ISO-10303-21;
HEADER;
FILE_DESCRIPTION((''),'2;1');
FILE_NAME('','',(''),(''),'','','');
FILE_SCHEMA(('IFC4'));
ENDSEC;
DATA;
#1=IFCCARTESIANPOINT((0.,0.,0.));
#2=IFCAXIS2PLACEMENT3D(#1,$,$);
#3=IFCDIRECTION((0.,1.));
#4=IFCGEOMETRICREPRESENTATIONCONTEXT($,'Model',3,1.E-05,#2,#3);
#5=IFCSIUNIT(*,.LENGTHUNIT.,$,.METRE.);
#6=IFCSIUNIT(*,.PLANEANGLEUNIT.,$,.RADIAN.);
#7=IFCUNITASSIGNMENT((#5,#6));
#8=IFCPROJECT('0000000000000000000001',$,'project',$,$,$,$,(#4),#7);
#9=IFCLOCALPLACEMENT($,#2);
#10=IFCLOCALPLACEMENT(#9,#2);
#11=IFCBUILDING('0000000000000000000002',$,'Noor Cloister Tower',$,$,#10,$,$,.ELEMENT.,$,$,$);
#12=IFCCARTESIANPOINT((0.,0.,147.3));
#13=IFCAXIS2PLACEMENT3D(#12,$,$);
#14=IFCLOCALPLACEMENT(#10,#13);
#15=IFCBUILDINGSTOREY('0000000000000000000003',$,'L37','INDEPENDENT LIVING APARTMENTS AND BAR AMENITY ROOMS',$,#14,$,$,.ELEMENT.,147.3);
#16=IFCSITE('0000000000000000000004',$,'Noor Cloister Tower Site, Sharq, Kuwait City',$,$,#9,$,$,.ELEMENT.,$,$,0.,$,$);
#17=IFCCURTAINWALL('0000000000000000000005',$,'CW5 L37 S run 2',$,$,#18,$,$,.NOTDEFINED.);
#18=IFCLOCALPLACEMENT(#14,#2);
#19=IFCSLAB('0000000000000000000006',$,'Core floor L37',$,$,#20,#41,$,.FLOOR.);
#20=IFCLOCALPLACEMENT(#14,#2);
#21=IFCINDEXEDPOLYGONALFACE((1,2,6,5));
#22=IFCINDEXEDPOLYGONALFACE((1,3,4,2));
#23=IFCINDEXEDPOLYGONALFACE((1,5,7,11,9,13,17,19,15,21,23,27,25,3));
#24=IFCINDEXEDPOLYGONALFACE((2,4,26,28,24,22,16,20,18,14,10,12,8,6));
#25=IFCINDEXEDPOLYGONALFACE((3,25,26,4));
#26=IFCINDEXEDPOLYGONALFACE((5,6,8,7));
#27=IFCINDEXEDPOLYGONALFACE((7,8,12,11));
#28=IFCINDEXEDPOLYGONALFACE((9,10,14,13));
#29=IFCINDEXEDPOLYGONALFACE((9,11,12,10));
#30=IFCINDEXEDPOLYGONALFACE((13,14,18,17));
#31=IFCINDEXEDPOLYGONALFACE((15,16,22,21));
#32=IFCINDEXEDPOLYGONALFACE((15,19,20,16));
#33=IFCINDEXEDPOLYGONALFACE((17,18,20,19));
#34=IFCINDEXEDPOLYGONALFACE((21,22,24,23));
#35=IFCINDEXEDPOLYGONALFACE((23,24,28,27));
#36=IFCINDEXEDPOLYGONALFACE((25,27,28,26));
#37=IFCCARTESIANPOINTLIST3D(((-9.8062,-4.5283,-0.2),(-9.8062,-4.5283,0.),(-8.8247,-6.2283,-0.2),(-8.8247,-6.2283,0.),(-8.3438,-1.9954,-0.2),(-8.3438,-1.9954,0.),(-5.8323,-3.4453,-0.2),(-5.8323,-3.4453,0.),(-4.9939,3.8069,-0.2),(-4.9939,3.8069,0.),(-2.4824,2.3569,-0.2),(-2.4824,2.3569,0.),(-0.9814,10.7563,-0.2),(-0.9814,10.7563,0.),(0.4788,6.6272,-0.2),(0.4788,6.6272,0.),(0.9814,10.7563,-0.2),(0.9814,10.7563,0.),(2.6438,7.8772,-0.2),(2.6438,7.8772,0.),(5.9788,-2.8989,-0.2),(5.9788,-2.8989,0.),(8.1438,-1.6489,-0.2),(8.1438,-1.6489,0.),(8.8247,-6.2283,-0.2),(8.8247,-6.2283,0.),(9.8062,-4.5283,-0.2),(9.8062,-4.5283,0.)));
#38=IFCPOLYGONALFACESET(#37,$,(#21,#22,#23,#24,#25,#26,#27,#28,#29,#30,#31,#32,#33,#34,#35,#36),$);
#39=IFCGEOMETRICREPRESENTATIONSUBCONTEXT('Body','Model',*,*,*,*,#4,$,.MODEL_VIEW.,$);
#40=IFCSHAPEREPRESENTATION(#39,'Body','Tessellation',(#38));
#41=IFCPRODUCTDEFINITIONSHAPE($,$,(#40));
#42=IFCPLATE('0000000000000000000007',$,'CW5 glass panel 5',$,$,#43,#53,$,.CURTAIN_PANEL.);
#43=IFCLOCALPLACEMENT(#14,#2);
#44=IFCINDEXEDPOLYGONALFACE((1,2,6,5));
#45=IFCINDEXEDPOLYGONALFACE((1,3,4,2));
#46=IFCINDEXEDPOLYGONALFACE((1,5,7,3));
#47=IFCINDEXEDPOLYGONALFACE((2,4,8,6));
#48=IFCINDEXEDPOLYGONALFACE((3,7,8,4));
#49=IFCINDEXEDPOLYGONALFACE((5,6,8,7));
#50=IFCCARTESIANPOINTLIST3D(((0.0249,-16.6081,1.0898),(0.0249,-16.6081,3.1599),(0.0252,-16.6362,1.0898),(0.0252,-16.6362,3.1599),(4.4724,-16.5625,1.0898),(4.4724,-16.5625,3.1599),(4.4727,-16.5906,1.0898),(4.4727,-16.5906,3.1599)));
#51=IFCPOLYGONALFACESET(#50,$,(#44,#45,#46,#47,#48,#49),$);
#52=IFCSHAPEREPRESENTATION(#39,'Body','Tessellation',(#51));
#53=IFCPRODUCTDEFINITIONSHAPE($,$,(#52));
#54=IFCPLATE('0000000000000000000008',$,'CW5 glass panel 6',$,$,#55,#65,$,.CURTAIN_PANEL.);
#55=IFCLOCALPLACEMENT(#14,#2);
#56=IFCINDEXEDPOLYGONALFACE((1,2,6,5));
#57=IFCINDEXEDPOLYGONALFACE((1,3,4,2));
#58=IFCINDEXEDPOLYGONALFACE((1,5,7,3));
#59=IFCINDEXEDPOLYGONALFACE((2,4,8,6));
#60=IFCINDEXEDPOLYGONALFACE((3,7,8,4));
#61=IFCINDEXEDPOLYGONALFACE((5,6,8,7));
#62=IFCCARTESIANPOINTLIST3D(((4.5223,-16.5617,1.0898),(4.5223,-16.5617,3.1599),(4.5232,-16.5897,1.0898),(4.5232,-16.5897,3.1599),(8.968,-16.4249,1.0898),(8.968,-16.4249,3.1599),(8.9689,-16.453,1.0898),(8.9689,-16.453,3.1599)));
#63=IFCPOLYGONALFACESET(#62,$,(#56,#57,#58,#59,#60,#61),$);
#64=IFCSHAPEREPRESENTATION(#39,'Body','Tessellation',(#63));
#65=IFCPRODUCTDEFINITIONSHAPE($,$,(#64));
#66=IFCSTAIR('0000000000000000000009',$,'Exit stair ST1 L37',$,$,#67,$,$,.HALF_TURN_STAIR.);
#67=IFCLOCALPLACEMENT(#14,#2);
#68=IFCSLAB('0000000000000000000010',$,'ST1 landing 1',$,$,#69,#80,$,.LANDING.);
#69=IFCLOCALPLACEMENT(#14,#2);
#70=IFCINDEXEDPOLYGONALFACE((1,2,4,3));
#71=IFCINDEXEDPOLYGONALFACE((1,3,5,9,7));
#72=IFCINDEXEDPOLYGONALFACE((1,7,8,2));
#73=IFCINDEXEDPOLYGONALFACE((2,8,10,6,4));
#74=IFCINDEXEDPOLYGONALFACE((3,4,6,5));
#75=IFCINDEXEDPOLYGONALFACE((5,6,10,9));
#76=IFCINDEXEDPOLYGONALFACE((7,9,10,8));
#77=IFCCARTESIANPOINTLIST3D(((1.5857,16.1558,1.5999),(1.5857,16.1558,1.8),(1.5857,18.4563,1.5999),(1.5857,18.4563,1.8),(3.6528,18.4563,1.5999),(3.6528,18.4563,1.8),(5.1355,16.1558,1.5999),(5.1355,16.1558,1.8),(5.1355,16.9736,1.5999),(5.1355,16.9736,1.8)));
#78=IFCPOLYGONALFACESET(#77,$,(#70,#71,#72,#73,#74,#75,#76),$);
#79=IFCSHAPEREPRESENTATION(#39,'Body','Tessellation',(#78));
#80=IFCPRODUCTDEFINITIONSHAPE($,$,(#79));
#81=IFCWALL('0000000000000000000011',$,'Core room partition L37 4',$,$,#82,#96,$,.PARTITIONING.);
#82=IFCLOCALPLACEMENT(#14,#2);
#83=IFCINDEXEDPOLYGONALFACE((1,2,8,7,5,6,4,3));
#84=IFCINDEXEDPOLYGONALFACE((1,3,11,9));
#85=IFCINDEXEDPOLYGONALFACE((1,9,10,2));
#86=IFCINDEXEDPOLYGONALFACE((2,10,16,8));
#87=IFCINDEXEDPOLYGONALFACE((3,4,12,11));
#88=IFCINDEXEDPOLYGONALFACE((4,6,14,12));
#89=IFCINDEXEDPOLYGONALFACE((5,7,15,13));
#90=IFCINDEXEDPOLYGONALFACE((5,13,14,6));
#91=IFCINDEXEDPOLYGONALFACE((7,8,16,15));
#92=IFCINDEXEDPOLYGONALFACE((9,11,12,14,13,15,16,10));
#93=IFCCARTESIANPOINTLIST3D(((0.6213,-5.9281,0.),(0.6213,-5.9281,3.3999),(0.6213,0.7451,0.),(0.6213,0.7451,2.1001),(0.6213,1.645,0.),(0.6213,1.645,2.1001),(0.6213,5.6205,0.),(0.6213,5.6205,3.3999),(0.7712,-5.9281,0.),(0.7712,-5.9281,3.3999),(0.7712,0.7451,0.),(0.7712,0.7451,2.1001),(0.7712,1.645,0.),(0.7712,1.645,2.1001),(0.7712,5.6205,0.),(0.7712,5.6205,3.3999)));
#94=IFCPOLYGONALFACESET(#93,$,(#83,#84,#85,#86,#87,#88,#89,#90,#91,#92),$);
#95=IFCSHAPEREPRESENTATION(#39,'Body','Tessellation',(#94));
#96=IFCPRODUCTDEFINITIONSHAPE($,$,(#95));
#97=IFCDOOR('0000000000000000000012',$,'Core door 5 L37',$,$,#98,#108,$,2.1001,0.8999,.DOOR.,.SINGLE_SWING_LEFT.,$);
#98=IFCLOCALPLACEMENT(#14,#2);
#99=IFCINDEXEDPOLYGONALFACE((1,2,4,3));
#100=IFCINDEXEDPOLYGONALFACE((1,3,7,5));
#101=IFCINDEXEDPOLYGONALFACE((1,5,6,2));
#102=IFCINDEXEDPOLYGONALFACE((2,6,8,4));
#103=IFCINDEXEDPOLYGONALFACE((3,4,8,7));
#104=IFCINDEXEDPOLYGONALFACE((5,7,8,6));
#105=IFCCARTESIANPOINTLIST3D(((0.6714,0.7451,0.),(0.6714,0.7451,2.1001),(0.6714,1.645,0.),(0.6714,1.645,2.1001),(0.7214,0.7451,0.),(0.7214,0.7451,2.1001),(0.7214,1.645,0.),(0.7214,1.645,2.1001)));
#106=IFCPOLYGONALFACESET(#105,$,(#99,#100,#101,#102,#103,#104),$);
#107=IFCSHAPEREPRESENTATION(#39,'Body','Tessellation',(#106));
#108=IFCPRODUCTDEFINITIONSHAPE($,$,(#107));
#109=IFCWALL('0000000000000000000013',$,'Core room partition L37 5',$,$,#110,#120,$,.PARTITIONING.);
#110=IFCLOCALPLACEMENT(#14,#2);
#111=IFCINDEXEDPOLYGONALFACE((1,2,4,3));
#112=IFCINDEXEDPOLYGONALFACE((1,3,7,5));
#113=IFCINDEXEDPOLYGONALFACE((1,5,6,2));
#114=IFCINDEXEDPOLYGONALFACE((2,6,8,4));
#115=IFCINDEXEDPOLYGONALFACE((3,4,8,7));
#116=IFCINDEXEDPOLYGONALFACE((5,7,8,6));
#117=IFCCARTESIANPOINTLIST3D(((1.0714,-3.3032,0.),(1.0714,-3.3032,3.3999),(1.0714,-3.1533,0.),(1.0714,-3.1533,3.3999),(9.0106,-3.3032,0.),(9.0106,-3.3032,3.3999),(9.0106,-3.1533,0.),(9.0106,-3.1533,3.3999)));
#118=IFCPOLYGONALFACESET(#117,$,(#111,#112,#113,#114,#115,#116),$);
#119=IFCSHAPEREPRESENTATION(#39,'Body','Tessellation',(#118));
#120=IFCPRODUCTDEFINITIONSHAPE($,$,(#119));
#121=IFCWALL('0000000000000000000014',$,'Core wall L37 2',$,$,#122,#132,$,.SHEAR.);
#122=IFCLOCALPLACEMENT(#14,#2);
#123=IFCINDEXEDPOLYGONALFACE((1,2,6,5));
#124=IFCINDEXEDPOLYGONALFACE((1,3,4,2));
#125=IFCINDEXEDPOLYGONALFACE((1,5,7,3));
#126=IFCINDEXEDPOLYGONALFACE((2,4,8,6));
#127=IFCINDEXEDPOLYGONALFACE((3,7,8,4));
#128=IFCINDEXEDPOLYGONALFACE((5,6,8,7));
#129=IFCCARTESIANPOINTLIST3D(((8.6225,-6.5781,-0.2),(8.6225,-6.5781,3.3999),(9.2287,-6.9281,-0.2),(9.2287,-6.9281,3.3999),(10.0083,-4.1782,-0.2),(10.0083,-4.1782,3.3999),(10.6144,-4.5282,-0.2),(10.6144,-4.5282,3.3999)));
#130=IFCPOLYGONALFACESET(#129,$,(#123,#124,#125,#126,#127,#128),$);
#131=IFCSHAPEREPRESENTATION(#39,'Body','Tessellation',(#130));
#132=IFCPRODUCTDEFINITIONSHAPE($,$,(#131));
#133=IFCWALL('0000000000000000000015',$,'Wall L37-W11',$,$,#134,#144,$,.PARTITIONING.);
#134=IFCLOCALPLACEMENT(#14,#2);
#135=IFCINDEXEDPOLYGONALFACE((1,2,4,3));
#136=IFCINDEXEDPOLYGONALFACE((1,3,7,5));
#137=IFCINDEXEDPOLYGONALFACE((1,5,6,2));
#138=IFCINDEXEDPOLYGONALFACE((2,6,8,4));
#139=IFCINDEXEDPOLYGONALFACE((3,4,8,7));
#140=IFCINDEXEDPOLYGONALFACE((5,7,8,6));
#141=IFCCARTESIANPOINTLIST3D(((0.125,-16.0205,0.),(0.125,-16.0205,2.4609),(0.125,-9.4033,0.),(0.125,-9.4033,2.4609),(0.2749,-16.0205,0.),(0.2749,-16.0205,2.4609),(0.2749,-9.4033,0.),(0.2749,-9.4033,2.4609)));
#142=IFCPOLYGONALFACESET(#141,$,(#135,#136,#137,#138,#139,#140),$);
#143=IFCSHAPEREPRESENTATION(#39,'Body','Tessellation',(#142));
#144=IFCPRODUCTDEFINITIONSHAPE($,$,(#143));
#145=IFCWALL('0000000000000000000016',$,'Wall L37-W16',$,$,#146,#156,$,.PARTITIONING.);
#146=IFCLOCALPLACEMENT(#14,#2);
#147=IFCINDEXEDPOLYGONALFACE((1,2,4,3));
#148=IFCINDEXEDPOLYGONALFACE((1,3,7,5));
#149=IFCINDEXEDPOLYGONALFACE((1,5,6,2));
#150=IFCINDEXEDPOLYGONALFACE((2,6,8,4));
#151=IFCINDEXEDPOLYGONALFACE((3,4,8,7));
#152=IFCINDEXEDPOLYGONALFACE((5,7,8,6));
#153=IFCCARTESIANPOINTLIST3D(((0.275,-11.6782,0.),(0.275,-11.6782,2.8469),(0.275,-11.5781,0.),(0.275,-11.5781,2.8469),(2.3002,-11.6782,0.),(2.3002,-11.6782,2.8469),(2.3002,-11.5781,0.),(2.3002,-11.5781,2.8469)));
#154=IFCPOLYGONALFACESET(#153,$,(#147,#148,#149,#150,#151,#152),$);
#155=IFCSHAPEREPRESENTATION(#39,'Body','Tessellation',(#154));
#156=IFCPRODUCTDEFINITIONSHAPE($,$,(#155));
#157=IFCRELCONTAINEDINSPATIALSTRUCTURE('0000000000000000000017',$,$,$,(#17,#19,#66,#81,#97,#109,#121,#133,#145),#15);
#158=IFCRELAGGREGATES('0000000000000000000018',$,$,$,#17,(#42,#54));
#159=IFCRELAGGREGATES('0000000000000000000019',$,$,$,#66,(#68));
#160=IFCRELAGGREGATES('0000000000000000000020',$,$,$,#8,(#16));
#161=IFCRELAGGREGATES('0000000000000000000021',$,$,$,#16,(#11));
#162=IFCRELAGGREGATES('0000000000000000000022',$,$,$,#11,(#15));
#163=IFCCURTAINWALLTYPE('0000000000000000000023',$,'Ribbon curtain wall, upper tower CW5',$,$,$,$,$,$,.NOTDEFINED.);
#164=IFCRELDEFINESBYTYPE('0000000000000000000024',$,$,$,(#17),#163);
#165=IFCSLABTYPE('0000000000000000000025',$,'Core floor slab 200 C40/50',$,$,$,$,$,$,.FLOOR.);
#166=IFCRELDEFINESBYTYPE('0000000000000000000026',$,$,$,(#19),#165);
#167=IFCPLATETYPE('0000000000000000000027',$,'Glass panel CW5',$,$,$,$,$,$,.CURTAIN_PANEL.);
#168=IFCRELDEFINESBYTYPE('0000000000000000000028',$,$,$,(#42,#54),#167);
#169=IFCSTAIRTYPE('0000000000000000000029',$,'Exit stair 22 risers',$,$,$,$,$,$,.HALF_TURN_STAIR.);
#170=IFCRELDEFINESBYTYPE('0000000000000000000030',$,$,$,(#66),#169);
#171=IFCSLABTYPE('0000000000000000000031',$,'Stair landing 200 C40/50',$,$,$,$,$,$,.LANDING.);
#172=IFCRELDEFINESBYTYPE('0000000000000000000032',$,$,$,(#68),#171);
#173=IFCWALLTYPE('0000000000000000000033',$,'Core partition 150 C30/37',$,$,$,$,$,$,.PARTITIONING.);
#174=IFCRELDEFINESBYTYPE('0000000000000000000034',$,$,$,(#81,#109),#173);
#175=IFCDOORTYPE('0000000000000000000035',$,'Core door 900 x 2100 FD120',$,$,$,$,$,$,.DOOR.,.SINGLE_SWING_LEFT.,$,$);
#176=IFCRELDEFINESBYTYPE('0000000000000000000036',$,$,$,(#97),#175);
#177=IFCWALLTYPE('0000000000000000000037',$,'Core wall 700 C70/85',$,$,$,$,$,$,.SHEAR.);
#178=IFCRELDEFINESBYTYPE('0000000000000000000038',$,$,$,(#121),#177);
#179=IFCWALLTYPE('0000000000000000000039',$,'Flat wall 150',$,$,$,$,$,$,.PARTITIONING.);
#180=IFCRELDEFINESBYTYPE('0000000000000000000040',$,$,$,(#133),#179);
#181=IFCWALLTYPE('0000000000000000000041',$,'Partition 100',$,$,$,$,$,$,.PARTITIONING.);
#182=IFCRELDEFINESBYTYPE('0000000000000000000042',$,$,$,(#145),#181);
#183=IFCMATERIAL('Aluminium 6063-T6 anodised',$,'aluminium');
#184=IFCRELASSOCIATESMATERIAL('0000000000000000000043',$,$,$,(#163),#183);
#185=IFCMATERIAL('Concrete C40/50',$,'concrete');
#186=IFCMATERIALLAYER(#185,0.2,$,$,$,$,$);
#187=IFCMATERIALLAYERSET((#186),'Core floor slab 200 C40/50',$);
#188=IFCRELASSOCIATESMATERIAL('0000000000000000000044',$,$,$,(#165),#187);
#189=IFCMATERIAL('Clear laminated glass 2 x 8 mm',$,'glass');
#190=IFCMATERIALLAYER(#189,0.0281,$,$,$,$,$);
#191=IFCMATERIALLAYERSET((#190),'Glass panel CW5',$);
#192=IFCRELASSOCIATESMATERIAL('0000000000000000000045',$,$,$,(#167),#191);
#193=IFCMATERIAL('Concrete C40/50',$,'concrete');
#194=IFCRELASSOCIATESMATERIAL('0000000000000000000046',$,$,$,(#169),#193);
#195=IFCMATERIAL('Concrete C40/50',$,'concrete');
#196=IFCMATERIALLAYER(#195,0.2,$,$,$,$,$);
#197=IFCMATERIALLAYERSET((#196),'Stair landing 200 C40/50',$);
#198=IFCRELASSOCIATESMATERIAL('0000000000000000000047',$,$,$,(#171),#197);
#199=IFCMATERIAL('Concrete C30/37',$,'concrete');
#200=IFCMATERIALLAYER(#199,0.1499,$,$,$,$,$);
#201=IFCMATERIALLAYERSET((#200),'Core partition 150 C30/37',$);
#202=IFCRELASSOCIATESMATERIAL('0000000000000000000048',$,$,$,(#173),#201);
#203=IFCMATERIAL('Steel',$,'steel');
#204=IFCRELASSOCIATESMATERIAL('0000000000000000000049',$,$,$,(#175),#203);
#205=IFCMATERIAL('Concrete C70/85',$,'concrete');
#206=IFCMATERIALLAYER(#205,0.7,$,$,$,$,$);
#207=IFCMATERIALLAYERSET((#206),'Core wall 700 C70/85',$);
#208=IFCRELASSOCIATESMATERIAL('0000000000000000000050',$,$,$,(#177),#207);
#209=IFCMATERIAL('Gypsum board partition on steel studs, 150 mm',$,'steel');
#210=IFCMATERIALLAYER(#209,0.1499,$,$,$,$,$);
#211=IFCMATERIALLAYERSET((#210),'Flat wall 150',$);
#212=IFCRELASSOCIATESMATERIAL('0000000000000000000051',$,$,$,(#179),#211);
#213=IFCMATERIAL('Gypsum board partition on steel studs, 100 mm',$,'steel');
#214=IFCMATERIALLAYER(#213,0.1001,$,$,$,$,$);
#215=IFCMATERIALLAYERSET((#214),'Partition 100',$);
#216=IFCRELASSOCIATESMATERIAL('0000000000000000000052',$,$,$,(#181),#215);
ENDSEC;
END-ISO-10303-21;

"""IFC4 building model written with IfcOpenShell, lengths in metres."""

from ifc_helpers import new_model, si_unit, direction, frame, frame_2d, origin, origin_2d, place, context, subcontext, project, spatial, polyline, rectangle, outline, extrude, material, layer, layer_set, type_object, element, fill, aggregate, save


model = new_model("IFC4")

# Units and contexts
model_context = context("Model", 3, precision=1e-05, world=origin(), true_north=direction((0.0, 1.0)))
body_context = subcontext(model_context, "Body", "Model", "MODEL_VIEW")
ifc_project = project(units=[si_unit("LENGTHUNIT", "METRE"), si_unit("PLANEANGLEUNIT", "RADIAN")], contexts=[model_context])

# Site, building, storey
site_placement = place(None, origin())
site = spatial("IfcSite", under=ifc_project, at=site_placement, Name="Noor Cloister Tower Site, Sharq, Kuwait City", CompositionType="ELEMENT", RefElevation=0.0)
building_placement = place(site_placement, origin())
building = spatial("IfcBuilding", under=site, at=building_placement, Name="Noor Cloister Tower", CompositionType="ELEMENT")
storey_placement = place(building_placement, frame((0.0, 0.0, 147.3)))
storey = spatial("IfcBuildingStorey", under=building, at=storey_placement, Name="L37", Description="INDEPENDENT LIVING APARTMENTS AND BAR AMENITY ROOMS", CompositionType="ELEMENT", Elevation=147.3)

# Curtain wall
ifc_material_1 = material(Name="Aluminium 6063-T6 anodised", Category="aluminium")
curtain_wall_type = type_object("IfcCurtainWallType", Name="Ribbon curtain wall, upper tower CW5", PredefinedType="NOTDEFINED", material=ifc_material_1)
curtain_wall_placement = place(storey_placement, origin())
curtain_wall = element("IfcCurtainWall", 1, at=curtain_wall_placement, inside=storey, type_object=curtain_wall_type, Name="CW5 L37 S run 2", PredefinedType="NOTDEFINED")

# Slab
ifc_material_2 = material(Name="Concrete C40/50", Category="concrete")
ifc_layer_1 = layer(ifc_material_2, 0.2)
ifc_layer_set_1 = layer_set([ifc_layer_1], Name="Core floor slab 200 C40/50")
slab_type_1 = type_object("IfcSlabType", Name="Core floor slab 200 C40/50", PredefinedType="FLOOR", material=ifc_layer_set_1)
slab_1_placement = place(storey_placement, frame((0.0, 0.0, -0.2)))
element("IfcSlab", 2, at=slab_1_placement, inside=storey, type_object=slab_type_1, Name="Core floor L37", PredefinedType="FLOOR", context=body_context, shape_type="SweptSolid", body=[
    extrude(outline(polyline([(2.6438, 7.8772), (0.9814, 10.7563), (-0.9814, 10.7563), (-4.9939, 3.8069), (-2.4824, 2.3569), (-5.8323, -3.4453), (-8.3438, -1.9954), (-9.8062, -4.5283), (-8.8247, -6.2283), (8.8247, -6.2283), (9.8062, -4.5283), (8.1438, -1.6489), (5.9788, -2.8989), (0.4788, 6.6272), (2.6438, 7.8772)])), origin(), (0.0, 0.0, 1.0), 0.2),
])

# Plates
ifc_material_3 = material(Name="Clear laminated glass 2 x 8 mm", Category="glass")
ifc_layer_2 = layer(ifc_material_3, 0.0281)
ifc_layer_set_2 = layer_set([ifc_layer_2], Name="Glass panel CW5")
plate_type = type_object("IfcPlateType", Name="Glass panel CW5", PredefinedType="CURTAIN_PANEL", material=ifc_layer_set_2)
plate_1_placement = place(storey_placement, frame((2.2488, -16.5994, 1.0898), z_axis=(0.0, 0.0, 1.0), x_axis=(0.999947, 0.010252, 0.0)))
plate_1 = element("IfcPlate", 3, at=plate_1_placement, type_object=plate_type, Name="CW5 glass panel 5", PredefinedType="CURTAIN_PANEL", context=body_context, shape_type="SweptSolid", body=[
    extrude(rectangle(XDim=4.4478, YDim=0.0281, at=origin_2d()), origin(), (0.0, 0.0, 1.0), 2.0701),
])
plate_2_placement = place(storey_placement, frame((6.7456, -16.5073, 1.0898), z_axis=(0.0, 0.0, 1.0), x_axis=(0.999527, 0.03075, 0.0)))
plate_2 = element("IfcPlate", 4, at=plate_2_placement, type_object=plate_type, Name="CW5 glass panel 6", PredefinedType="CURTAIN_PANEL", context=body_context, shape_type="SweptSolid", body=[
    extrude(rectangle(XDim=4.4478, YDim=0.0281, at=origin_2d()), origin(), (0.0, 0.0, 1.0), 2.0701),
])
aggregate(curtain_wall, [plate_1, plate_2])

# Stair, slab
ifc_material_4 = material(Name="Concrete C40/50", Category="concrete")
stair_type = type_object("IfcStairType", Name="Exit stair 22 risers", PredefinedType="HALF_TURN_STAIR", material=ifc_material_4)
stair_placement = place(storey_placement, origin())
stair = element("IfcStair", 5, at=stair_placement, inside=storey, type_object=stair_type, Name="Exit stair ST1 L37", PredefinedType="HALF_TURN_STAIR")
ifc_material_5 = material(Name="Concrete C40/50", Category="concrete")
ifc_layer_3 = layer(ifc_material_5, 0.2)
ifc_layer_set_3 = layer_set([ifc_layer_3], Name="Stair landing 200 C40/50")
slab_type_2 = type_object("IfcSlabType", Name="Stair landing 200 C40/50", PredefinedType="LANDING", material=ifc_layer_set_3)
slab_2_placement = place(storey_placement, frame((0.0, 0.0, 1.5999)))
slab_2 = element("IfcSlab", 6, at=slab_2_placement, type_object=slab_type_2, Name="ST1 landing 1", PredefinedType="LANDING", context=body_context, shape_type="SweptSolid", body=[
    extrude(outline(polyline([(5.1355, 16.1558), (5.1355, 16.9736), (3.6528, 18.4563), (1.5857, 18.4563), (1.5857, 16.1558), (5.1355, 16.1558)])), origin(), (0.0, 0.0, 1.0), 0.2002),
])
aggregate(stair, [slab_2])

# Wall, opening, door
ifc_material_6 = material(Name="Concrete C30/37", Category="concrete")
ifc_layer_4 = layer(ifc_material_6, 0.1499)
ifc_layer_set_4 = layer_set([ifc_layer_4], Name="Core partition 150 C30/37")
wall_type_1 = type_object("IfcWallType", Name="Core partition 150 C30/37", PredefinedType="PARTITIONING", material=ifc_layer_set_4)
wall_1_placement = place(storey_placement, frame((0.6963, -5.9282, 0.0), z_axis=(0.0, 0.0, 1.0), x_axis=(0.0, 1.0, 0.0)))
wall_1 = element("IfcWall", 7, at=wall_1_placement, inside=storey, type_object=wall_type_1, Name="Core room partition L37 4", PredefinedType="PARTITIONING", context=body_context, shape_type="SweptSolid", body=[
    extrude(rectangle(XDim=11.5486, YDim=0.1499, at=frame_2d((5.7744, 0.0))), origin(), (0.0, 0.0, 1.0), 3.3999),
])
opening_1_placement = place(wall_1_placement, frame((6.6733, 0.0, 0.0)))
opening_1 = element("IfcOpeningElement", 8, at=opening_1_placement, cuts=wall_1, PredefinedType="OPENING", context=body_context, shape_type="SweptSolid", body=[
    extrude(rectangle(XDim=0.8999, YDim=2.1001, at=frame_2d((0.45, 1.05))), frame((0.0, 0.085, 0.0), z_axis=(0.0, -1.0, 0.0), x_axis=(1.0, 0.0, 0.0)), (0.0, 0.0, 1.0), 0.1699),
])
ifc_material_7 = material(Name="Steel", Category="steel")
door_type_1 = type_object("IfcDoorType", Name="Core door 900 x 2100 FD120", OperationType="SINGLE_SWING_LEFT", PredefinedType="DOOR", material=ifc_material_7)
door_1_placement = place(opening_1_placement, origin())
door_1 = element("IfcDoor", 9, at=door_1_placement, inside=storey, type_object=door_type_1, Name="Core door 5 L37", OperationType="SINGLE_SWING_LEFT", OverallHeight=2.1001, OverallWidth=0.8999, PredefinedType="DOOR", context=body_context, shape_type="SweptSolid", body=[
    extrude(rectangle(XDim=0.8999, YDim=2.1001, at=frame_2d((0.45, 1.05))), frame((0.0, 0.0249, 0.0), z_axis=(0.0, -1.0, 0.0), x_axis=(1.0, 0.0, 0.0)), (0.0, 0.0, 1.0), 0.05),
])
fill(opening_1, door_1)

# Walls
wall_2_placement = place(storey_placement, frame((1.0713, -3.2283, 0.0), z_axis=(0.0, 0.0, 1.0), x_axis=(1.0, 0.0, 0.0)))
element("IfcWall", 10, at=wall_2_placement, inside=storey, type_object=wall_type_1, Name="Core room partition L37 5", PredefinedType="PARTITIONING", context=body_context, shape_type="SweptSolid", body=[
    extrude(rectangle(XDim=7.9392, YDim=0.1499, at=frame_2d((3.9697, 0.0))), origin(), (0.0, 0.0, 1.0), 3.3999),
])
ifc_material_8 = material(Name="Concrete C70/85", Category="concrete")
ifc_layer_5 = layer(ifc_material_8, 0.7)
ifc_layer_set_5 = layer_set([ifc_layer_5], Name="Core wall 700 C70/85")
wall_type_2 = type_object("IfcWallType", Name="Core wall 700 C70/85", PredefinedType="SHEAR", material=ifc_layer_set_5)
wall_3_placement = place(storey_placement, frame((8.9255, -6.7532, -0.2), z_axis=(0.0, 0.0, 1.0), x_axis=(0.500043, 0.866001, 0.0)))
element("IfcWall", 11, at=wall_3_placement, inside=storey, type_object=wall_type_2, Name="Core wall L37 2", PredefinedType="SHEAR", context=body_context, shape_type="SweptSolid", body=[
    extrude(rectangle(XDim=2.7712, YDim=0.7, at=frame_2d((1.3857, 0.0))), origin(), (0.0, 0.0, 1.0), 3.5999),
])
ifc_material_9 = material(Name="Gypsum board partition on steel studs, 150 mm", Category="steel")
ifc_layer_6 = layer(ifc_material_9, 0.1499)
ifc_layer_set_6 = layer_set([ifc_layer_6], Name="Flat wall 150")
wall_type_3 = type_object("IfcWallType", Name="Flat wall 150", PredefinedType="PARTITIONING", material=ifc_layer_set_6)
wall_4_placement = place(storey_placement, frame((0.2, -16.0205, 0.0), z_axis=(0.0, 0.0, 1.0), x_axis=(0.0, 1.0, 0.0)))
element("IfcWall", 12, at=wall_4_placement, inside=storey, type_object=wall_type_3, Name="Wall L37-W11", PredefinedType="PARTITIONING", context=body_context, shape_type="SweptSolid", body=[
    extrude(rectangle(XDim=6.6172, YDim=0.1499, at=frame_2d((3.3086, 0.0))), origin(), (0.0, 0.0, 1.0), 2.4609),
])
ifc_material_10 = material(Name="Gypsum board partition on steel studs, 100 mm", Category="steel")
ifc_layer_7 = layer(ifc_material_10, 0.1001)
ifc_layer_set_7 = layer_set([ifc_layer_7], Name="Partition 100")
wall_type_4 = type_object("IfcWallType", Name="Partition 100", PredefinedType="PARTITIONING", material=ifc_layer_set_7)
wall_5_placement = place(storey_placement, frame((0.2749, -11.6282, 0.0), z_axis=(0.0, 0.0, 1.0), x_axis=(1.0, 0.0, 0.0)))
element("IfcWall", 13, at=wall_5_placement, inside=storey, type_object=wall_type_4, Name="Wall L37-W16", PredefinedType="PARTITIONING", context=body_context, shape_type="SweptSolid", body=[
    extrude(rectangle(XDim=2.0251, YDim=0.1001, at=frame_2d((1.0127, 0.0))), origin(), (0.0, 0.0, 1.0), 2.8469),
])

save(model, "model.ifc")
